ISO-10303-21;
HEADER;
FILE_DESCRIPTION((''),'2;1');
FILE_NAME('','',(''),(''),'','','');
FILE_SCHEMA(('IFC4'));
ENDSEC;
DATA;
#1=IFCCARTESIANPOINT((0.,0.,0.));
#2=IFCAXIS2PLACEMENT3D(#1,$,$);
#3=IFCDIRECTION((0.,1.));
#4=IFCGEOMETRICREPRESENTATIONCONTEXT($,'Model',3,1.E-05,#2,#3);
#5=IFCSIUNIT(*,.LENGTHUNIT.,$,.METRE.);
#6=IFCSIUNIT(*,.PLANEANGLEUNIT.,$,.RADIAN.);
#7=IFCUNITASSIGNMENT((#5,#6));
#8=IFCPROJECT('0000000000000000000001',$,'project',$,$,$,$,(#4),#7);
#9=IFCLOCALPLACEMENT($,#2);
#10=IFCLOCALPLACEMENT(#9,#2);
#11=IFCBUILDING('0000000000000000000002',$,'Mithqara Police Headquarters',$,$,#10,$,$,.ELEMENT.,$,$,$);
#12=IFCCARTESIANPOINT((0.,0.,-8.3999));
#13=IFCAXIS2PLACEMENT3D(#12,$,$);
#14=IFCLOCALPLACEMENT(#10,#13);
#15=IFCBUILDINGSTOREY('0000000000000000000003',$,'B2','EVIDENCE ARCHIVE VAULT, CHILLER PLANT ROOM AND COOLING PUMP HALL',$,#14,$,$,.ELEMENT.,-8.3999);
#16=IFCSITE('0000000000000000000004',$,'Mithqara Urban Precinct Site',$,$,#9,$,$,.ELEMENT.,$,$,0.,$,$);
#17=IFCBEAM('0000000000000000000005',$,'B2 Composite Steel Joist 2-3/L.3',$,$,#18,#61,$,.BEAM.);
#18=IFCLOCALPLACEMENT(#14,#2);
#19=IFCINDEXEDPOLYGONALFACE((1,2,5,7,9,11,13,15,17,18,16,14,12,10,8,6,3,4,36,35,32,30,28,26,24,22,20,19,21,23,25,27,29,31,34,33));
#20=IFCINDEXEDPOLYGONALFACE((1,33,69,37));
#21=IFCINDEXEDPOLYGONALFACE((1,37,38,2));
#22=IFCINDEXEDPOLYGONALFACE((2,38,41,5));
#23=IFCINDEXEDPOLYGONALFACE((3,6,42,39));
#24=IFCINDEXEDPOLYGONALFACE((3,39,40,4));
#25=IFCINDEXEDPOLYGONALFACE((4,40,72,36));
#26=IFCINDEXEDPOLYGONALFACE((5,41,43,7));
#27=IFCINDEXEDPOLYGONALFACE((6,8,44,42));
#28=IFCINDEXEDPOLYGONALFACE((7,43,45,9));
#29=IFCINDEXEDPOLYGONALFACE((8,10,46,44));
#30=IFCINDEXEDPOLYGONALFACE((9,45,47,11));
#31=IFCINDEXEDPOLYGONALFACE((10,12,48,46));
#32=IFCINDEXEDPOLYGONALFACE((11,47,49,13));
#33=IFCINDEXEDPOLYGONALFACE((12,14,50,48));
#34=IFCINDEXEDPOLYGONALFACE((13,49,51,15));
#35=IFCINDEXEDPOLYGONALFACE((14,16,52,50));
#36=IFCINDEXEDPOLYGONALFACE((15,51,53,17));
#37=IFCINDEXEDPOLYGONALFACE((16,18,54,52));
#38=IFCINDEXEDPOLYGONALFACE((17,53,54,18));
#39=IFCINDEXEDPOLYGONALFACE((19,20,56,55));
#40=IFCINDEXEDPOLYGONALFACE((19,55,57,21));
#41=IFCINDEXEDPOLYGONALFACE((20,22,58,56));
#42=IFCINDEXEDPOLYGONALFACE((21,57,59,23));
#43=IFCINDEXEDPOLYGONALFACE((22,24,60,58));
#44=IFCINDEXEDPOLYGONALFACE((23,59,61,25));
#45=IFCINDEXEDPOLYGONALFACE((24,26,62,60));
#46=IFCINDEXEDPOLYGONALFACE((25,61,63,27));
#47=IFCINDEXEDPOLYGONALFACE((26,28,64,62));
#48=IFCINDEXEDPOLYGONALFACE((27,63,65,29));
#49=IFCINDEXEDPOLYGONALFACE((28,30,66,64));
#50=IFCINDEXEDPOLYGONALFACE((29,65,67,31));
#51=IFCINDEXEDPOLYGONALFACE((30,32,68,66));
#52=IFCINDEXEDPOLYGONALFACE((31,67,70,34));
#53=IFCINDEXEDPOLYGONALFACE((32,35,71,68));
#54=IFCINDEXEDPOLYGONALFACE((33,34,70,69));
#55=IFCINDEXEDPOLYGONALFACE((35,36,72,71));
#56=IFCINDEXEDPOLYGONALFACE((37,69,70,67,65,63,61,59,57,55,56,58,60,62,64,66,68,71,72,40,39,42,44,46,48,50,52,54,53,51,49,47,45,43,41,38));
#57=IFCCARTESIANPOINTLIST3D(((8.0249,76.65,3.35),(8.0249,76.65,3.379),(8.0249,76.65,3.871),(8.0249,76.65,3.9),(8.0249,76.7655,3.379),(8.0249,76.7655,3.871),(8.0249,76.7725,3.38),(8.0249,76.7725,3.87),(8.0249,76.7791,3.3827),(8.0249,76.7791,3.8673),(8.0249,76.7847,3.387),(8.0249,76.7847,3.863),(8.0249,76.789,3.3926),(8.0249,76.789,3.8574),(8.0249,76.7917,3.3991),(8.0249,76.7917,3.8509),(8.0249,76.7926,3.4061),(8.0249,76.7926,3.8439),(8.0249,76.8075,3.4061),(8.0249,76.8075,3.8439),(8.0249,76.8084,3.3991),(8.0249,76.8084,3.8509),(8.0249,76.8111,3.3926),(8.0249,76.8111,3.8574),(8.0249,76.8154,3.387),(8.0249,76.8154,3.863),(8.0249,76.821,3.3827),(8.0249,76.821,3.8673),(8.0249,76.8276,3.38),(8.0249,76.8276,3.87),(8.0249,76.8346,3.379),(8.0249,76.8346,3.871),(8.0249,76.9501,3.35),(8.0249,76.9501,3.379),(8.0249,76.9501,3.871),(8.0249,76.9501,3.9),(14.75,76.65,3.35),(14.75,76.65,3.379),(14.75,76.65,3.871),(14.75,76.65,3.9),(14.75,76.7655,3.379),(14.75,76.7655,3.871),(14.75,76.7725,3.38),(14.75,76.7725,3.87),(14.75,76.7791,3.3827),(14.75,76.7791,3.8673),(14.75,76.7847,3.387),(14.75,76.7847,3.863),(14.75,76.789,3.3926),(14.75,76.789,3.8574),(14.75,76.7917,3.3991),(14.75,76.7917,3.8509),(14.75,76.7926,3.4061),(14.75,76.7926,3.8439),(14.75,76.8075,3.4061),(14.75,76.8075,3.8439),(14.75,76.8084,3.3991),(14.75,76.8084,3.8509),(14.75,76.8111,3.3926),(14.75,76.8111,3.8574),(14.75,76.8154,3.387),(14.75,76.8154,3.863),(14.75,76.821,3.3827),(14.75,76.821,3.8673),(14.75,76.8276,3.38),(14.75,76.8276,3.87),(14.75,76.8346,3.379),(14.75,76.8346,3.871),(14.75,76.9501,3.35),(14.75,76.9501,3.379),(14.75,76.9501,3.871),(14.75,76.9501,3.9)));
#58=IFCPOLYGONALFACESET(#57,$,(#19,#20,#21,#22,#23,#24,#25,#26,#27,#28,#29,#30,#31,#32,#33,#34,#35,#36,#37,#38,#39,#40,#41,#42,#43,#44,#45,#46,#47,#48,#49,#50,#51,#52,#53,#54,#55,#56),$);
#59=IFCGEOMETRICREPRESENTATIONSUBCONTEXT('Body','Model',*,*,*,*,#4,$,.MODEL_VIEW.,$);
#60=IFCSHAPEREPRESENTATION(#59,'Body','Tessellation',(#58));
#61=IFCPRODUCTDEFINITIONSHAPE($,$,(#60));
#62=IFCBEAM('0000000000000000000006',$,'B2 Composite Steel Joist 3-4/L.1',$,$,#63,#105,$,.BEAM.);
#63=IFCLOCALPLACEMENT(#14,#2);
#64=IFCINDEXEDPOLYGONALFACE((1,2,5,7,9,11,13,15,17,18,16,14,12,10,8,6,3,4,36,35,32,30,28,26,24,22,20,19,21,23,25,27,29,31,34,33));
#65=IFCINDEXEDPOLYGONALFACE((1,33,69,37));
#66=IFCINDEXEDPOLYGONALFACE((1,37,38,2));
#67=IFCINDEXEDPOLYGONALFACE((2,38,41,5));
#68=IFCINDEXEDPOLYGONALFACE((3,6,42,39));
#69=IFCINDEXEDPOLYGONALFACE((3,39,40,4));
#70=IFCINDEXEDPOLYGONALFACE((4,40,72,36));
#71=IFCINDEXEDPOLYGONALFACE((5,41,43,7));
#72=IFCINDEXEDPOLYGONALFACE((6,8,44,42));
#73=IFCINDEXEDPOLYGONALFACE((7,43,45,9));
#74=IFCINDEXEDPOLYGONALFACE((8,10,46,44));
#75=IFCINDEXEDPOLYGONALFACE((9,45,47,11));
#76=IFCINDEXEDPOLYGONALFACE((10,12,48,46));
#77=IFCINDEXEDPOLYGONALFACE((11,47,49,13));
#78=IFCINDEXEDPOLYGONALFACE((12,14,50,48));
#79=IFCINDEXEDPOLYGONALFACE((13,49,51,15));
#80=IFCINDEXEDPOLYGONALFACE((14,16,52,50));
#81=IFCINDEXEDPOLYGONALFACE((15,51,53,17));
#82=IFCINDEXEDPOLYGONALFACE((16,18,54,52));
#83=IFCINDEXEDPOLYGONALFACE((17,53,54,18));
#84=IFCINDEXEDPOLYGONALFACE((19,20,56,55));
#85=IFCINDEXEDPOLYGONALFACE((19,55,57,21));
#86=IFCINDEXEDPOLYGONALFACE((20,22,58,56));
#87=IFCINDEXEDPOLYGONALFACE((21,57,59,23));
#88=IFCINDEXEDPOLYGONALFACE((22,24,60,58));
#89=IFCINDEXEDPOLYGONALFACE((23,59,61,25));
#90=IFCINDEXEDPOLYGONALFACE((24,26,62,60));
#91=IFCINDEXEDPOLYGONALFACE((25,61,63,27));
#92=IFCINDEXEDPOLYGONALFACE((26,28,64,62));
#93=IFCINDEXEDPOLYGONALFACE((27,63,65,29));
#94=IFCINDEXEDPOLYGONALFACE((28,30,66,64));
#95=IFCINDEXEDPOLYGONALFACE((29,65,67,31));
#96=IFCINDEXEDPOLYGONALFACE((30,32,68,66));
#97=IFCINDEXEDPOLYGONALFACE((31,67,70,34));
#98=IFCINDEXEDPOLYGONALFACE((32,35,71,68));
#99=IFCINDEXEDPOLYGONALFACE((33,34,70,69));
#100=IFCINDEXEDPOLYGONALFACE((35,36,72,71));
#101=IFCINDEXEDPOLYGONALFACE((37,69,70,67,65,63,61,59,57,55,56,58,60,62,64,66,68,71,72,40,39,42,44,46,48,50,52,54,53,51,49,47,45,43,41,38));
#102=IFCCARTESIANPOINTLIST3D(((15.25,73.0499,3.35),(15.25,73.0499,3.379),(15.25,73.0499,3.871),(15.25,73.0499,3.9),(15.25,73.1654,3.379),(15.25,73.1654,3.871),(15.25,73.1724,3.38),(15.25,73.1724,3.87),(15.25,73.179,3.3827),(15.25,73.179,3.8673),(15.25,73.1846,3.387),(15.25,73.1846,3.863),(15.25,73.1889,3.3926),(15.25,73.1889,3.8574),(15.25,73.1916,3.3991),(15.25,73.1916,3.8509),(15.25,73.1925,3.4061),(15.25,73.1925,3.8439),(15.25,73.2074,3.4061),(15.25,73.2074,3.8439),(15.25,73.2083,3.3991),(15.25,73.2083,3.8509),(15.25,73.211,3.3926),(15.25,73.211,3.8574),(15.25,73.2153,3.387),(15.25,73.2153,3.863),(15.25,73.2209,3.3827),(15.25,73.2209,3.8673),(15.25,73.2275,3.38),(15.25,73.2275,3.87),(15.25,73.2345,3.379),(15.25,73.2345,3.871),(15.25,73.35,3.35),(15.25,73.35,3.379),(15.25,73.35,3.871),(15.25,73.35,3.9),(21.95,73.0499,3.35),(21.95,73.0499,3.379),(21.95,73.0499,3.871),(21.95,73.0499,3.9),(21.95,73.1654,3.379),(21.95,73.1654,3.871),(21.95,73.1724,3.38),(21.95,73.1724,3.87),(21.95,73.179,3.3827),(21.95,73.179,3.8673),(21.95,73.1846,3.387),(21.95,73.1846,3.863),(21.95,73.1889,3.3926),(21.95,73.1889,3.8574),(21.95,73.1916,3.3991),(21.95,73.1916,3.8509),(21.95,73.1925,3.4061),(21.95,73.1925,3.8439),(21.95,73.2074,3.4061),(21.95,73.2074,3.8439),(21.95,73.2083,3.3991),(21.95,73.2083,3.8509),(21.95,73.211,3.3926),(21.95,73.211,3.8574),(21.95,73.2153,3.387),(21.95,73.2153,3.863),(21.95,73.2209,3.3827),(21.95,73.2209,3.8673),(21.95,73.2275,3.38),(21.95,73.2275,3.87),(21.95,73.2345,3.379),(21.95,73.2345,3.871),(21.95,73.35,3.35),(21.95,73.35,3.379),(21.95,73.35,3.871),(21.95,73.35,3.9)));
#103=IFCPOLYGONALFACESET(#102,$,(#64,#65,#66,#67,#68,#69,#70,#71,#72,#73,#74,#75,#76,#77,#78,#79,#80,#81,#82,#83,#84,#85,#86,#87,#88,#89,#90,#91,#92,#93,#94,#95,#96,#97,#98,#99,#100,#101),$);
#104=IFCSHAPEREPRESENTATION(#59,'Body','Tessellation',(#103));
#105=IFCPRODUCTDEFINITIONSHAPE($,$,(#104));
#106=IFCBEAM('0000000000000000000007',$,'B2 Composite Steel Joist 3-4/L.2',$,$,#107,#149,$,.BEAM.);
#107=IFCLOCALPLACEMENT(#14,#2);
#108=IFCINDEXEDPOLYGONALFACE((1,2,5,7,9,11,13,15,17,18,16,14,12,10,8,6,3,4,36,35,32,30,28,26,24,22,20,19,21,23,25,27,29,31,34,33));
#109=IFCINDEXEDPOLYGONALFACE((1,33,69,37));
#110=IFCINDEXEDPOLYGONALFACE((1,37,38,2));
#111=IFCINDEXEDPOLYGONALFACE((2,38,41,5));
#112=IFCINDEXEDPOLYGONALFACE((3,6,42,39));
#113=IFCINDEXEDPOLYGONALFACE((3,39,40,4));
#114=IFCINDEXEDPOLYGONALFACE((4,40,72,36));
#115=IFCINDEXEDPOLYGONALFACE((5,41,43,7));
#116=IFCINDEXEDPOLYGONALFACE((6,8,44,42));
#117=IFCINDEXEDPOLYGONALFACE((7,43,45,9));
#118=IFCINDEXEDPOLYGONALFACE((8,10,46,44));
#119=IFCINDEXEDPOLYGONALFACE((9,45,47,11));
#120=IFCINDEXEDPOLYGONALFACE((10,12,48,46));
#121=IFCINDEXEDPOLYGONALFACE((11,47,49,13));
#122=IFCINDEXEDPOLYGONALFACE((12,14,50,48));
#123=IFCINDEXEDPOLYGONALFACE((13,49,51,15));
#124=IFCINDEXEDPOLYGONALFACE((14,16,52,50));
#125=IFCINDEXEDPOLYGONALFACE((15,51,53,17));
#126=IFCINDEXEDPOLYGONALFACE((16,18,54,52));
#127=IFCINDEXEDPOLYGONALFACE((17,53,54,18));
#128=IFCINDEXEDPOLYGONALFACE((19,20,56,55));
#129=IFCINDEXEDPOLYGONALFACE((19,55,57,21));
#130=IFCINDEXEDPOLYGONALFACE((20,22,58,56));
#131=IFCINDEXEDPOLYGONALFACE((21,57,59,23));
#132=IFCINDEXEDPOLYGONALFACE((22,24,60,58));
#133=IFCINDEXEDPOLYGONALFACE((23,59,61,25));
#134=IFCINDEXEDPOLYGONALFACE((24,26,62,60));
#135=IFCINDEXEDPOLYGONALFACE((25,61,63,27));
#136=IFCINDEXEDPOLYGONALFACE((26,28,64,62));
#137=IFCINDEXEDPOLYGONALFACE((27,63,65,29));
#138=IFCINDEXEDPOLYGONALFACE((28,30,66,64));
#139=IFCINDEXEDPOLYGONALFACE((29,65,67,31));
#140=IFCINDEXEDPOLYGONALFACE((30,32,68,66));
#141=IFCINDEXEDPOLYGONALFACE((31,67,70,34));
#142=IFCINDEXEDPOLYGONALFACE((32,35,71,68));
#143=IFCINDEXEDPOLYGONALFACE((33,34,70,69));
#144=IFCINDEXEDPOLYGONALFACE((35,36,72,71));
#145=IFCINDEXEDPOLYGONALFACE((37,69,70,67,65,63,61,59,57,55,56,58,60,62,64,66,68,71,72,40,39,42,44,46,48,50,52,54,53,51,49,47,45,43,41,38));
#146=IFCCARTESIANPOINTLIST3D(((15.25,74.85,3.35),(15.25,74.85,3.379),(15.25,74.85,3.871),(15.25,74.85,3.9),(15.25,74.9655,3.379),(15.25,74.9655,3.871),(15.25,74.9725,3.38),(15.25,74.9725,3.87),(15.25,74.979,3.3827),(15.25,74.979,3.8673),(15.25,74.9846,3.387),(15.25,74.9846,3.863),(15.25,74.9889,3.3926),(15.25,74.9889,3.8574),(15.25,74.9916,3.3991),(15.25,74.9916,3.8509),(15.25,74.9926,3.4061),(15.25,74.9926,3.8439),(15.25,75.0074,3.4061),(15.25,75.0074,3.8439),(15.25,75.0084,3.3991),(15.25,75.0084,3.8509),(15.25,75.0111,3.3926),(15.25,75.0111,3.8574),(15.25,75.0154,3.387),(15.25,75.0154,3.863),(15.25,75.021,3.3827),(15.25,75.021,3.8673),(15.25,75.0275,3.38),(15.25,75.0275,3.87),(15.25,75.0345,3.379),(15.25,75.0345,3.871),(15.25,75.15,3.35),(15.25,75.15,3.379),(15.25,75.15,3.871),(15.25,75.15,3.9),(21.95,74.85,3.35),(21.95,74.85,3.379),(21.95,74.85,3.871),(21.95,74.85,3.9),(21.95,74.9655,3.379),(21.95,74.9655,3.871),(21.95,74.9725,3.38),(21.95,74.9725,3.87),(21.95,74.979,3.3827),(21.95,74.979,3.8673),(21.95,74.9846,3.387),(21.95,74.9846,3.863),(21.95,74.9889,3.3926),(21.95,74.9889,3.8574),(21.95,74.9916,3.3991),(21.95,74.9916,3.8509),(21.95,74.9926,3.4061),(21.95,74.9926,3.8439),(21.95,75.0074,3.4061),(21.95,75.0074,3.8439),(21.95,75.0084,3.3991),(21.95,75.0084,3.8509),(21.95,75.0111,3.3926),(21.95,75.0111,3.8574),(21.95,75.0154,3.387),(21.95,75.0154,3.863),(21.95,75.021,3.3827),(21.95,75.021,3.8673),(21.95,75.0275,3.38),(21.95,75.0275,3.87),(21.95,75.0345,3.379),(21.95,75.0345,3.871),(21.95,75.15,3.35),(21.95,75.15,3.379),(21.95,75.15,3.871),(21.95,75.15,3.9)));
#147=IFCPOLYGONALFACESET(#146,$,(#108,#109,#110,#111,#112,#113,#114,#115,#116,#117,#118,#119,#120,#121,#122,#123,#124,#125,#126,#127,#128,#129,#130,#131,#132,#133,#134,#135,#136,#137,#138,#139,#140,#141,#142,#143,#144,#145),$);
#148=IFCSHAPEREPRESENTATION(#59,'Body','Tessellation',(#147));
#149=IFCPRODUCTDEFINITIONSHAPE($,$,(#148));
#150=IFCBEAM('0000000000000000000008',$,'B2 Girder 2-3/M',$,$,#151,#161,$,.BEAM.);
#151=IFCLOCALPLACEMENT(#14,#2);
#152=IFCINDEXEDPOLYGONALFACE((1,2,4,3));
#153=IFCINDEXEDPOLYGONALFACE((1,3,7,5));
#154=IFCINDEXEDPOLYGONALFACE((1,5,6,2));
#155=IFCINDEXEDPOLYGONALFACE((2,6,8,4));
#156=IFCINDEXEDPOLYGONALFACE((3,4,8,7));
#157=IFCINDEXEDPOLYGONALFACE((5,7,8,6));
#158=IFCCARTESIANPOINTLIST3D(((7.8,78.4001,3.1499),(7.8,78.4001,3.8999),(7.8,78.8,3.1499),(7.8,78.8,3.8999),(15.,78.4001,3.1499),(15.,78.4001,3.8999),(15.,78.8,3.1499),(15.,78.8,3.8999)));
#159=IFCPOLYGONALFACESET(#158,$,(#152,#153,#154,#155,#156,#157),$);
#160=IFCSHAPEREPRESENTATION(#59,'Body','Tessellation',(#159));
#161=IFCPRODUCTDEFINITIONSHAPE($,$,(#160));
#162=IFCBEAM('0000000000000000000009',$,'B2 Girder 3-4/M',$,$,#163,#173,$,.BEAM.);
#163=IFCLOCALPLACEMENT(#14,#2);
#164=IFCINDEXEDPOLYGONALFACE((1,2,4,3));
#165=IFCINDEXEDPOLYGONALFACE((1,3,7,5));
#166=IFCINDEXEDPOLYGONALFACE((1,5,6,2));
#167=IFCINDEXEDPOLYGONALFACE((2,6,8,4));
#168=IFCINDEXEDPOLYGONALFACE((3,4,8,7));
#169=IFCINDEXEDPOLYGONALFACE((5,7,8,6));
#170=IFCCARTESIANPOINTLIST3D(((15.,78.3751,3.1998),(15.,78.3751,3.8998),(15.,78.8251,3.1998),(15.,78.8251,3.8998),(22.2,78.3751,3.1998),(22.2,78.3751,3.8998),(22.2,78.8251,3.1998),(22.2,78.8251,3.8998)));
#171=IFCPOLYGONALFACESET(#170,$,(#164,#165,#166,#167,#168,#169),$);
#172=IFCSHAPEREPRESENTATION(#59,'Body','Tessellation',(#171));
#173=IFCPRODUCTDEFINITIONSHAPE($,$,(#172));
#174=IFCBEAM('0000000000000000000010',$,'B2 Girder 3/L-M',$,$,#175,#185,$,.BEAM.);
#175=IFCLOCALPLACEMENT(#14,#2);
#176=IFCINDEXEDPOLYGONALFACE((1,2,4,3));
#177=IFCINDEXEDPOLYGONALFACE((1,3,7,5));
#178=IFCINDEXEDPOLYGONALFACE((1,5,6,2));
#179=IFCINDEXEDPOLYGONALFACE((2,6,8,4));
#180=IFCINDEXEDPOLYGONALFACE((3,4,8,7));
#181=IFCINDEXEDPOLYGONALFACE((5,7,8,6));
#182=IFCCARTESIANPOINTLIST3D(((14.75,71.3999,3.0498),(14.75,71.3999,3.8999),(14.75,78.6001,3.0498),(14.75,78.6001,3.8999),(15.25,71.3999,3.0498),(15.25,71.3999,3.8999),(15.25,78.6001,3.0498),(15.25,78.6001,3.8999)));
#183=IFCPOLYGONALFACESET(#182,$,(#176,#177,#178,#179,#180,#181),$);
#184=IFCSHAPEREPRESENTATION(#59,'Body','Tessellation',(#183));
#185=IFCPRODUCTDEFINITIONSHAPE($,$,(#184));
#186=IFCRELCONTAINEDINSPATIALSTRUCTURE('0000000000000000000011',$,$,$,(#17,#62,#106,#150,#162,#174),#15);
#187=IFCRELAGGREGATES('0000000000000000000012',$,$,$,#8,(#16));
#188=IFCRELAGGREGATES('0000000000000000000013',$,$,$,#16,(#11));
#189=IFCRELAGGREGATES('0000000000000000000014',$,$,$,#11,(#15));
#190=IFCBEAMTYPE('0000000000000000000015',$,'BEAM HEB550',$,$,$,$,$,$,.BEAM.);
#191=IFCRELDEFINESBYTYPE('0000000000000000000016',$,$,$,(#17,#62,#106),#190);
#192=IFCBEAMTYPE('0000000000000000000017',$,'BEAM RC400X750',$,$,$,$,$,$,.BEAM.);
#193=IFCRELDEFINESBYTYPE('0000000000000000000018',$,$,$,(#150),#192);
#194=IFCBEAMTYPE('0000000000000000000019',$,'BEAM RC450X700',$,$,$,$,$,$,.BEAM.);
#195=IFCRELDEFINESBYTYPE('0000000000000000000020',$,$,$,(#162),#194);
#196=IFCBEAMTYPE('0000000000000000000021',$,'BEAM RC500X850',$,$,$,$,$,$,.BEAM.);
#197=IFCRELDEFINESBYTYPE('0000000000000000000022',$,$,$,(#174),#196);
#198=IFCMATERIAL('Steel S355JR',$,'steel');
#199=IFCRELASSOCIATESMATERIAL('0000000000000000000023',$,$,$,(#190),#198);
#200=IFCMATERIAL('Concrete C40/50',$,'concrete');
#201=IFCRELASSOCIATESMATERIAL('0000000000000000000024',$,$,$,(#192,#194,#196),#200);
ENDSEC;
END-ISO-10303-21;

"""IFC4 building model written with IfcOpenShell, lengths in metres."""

from ifc_helpers import new_model, si_unit, direction, frame, origin, origin_2d, place, context, subcontext, project, spatial, rectangle, i_section, extrude, material, material_profile, profile_set, type_object, element, save


model = new_model("IFC4")

# Units and contexts
model_context = context("Model", 3, precision=1e-05, world=origin(), true_north=direction((0.0, 1.0)))
body_context = subcontext(model_context, "Body", "Model", "MODEL_VIEW")
ifc_project = project(units=[si_unit("LENGTHUNIT", "METRE"), si_unit("PLANEANGLEUNIT", "RADIAN")], contexts=[model_context])

# Site, building, storey
site_placement = place(None, origin())
site = spatial("IfcSite", under=ifc_project, at=site_placement, Name="Mithqara Urban Precinct Site", CompositionType="ELEMENT", RefElevation=0.0)
building_placement = place(site_placement, origin())
building = spatial("IfcBuilding", under=site, at=building_placement, Name="Mithqara Police Headquarters", CompositionType="ELEMENT")
storey_placement = place(building_placement, frame((0.0, 0.0, -8.3999)))
storey = spatial("IfcBuildingStorey", under=building, at=storey_placement, Name="B2", Description="EVIDENCE ARCHIVE VAULT, CHILLER PLANT ROOM AND COOLING PUMP HALL", CompositionType="ELEMENT", Elevation=-8.3999)

# Shared definitions
ifc_material_1 = material(Name="Concrete C40/50", Category="concrete")

# Beams
ifc_material_2 = material(Name="Steel S355JR", Category="steel")
ifc_material_profile_1 = material_profile(ifc_material_2, i_section(OverallWidth=0.3, OverallDepth=0.55, WebThickness=0.0149, FlangeThickness=0.0291, FilletRadius=0.0271, at=origin_2d()), Name="HEB 550")
ifc_profile_set_1 = profile_set([ifc_material_profile_1], Name="Steel S355JR")
beam_type_1 = type_object("IfcBeamType", Name="BEAM HEB550", PredefinedType="BEAM", material=ifc_profile_set_1)
for number, where, z_axis, x_axis, name in (
    (1, (8.0249, 76.8, 3.625), (1.0, 0.0, 0.0), (0.0, 1.0, 0.0), "B2 Composite Steel Joist 2-3/L.3"),
):
    element("IfcBeam", number, at=place(storey_placement, frame(where, z_axis=z_axis, x_axis=x_axis)), inside=storey, type_object=beam_type_1, Name=name, PredefinedType="BEAM", context=body_context, shape_type="SweptSolid", body=[
        extrude(i_section(OverallWidth=0.3, OverallDepth=0.55, WebThickness=0.0149, FlangeThickness=0.0291, FilletRadius=0.0271, at=origin_2d()), origin(), (0.0, 0.0, 1.0), 6.7251),
    ])
for number, where, z_axis, x_axis, name in (
    (2, (15.25, 73.2, 3.625), (1.0, 0.0, 0.0), (0.0, 1.0, 0.0), "B2 Composite Steel Joist 3-4/L.1"),
    (3, (15.25, 75.0, 3.625), (1.0, 0.0, 0.0), (0.0, 1.0, 0.0), "B2 Composite Steel Joist 3-4/L.2"),
):
    element("IfcBeam", number, at=place(storey_placement, frame(where, z_axis=z_axis, x_axis=x_axis)), inside=storey, type_object=beam_type_1, Name=name, PredefinedType="BEAM", context=body_context, shape_type="SweptSolid", body=[
        extrude(i_section(OverallWidth=0.3, OverallDepth=0.55, WebThickness=0.0149, FlangeThickness=0.0291, FilletRadius=0.0271, at=origin_2d()), origin(), (0.0, 0.0, 1.0), 6.7),
    ])
ifc_material_profile_2 = material_profile(ifc_material_1, rectangle(XDim=0.3999, YDim=0.75, at=origin_2d()), Name="RC 400x750")
ifc_profile_set_2 = profile_set([ifc_material_profile_2], Name="Concrete C40/50")
beam_type_2 = type_object("IfcBeamType", Name="BEAM RC400X750", PredefinedType="BEAM", material=ifc_profile_set_2)
beam_1_placement = place(storey_placement, frame((7.8, 78.6001, 3.5249), z_axis=(1.0, 0.0, 0.0), x_axis=(0.0, 1.0, 0.0)))
element("IfcBeam", 4, at=beam_1_placement, inside=storey, type_object=beam_type_2, Name="B2 Girder 2-3/M", PredefinedType="BEAM", context=body_context, shape_type="SweptSolid", body=[
    extrude(rectangle(XDim=0.3999, YDim=0.75, at=origin_2d()), origin(), (0.0, 0.0, 1.0), 7.2),
])
ifc_material_profile_3 = material_profile(ifc_material_1, rectangle(XDim=0.45, YDim=0.7, at=origin_2d()), Name="RC 450x700")
ifc_profile_set_3 = profile_set([ifc_material_profile_3], Name="Concrete C40/50")
beam_type_3 = type_object("IfcBeamType", Name="BEAM RC450X700", PredefinedType="BEAM", material=ifc_profile_set_3)
beam_2_placement = place(storey_placement, frame((15.0, 78.6001, 3.5498), z_axis=(1.0, 0.0, 0.0), x_axis=(0.0, 1.0, 0.0)))
element("IfcBeam", 5, at=beam_2_placement, inside=storey, type_object=beam_type_3, Name="B2 Girder 3-4/M", PredefinedType="BEAM", context=body_context, shape_type="SweptSolid", body=[
    extrude(rectangle(XDim=0.45, YDim=0.7, at=origin_2d()), origin(), (0.0, 0.0, 1.0), 7.2),
])
ifc_material_profile_4 = material_profile(ifc_material_1, rectangle(XDim=0.5, YDim=0.8501, at=origin_2d()), Name="RC 500x850")
ifc_profile_set_4 = profile_set([ifc_material_profile_4], Name="Concrete C40/50")
beam_type_4 = type_object("IfcBeamType", Name="BEAM RC500X850", PredefinedType="BEAM", material=ifc_profile_set_4)
beam_3_placement = place(storey_placement, frame((15.0, 71.3999, 3.4749), z_axis=(0.0, 1.0, 0.0), x_axis=(-1.0, 0.0, 0.0)))
element("IfcBeam", 6, at=beam_3_placement, inside=storey, type_object=beam_type_4, Name="B2 Girder 3/L-M", PredefinedType="BEAM", context=body_context, shape_type="SweptSolid", body=[
    extrude(rectangle(XDim=0.5, YDim=0.8501, at=origin_2d()), origin(), (0.0, 0.0, 1.0), 7.2002),
])

save(model, "model.ifc")
